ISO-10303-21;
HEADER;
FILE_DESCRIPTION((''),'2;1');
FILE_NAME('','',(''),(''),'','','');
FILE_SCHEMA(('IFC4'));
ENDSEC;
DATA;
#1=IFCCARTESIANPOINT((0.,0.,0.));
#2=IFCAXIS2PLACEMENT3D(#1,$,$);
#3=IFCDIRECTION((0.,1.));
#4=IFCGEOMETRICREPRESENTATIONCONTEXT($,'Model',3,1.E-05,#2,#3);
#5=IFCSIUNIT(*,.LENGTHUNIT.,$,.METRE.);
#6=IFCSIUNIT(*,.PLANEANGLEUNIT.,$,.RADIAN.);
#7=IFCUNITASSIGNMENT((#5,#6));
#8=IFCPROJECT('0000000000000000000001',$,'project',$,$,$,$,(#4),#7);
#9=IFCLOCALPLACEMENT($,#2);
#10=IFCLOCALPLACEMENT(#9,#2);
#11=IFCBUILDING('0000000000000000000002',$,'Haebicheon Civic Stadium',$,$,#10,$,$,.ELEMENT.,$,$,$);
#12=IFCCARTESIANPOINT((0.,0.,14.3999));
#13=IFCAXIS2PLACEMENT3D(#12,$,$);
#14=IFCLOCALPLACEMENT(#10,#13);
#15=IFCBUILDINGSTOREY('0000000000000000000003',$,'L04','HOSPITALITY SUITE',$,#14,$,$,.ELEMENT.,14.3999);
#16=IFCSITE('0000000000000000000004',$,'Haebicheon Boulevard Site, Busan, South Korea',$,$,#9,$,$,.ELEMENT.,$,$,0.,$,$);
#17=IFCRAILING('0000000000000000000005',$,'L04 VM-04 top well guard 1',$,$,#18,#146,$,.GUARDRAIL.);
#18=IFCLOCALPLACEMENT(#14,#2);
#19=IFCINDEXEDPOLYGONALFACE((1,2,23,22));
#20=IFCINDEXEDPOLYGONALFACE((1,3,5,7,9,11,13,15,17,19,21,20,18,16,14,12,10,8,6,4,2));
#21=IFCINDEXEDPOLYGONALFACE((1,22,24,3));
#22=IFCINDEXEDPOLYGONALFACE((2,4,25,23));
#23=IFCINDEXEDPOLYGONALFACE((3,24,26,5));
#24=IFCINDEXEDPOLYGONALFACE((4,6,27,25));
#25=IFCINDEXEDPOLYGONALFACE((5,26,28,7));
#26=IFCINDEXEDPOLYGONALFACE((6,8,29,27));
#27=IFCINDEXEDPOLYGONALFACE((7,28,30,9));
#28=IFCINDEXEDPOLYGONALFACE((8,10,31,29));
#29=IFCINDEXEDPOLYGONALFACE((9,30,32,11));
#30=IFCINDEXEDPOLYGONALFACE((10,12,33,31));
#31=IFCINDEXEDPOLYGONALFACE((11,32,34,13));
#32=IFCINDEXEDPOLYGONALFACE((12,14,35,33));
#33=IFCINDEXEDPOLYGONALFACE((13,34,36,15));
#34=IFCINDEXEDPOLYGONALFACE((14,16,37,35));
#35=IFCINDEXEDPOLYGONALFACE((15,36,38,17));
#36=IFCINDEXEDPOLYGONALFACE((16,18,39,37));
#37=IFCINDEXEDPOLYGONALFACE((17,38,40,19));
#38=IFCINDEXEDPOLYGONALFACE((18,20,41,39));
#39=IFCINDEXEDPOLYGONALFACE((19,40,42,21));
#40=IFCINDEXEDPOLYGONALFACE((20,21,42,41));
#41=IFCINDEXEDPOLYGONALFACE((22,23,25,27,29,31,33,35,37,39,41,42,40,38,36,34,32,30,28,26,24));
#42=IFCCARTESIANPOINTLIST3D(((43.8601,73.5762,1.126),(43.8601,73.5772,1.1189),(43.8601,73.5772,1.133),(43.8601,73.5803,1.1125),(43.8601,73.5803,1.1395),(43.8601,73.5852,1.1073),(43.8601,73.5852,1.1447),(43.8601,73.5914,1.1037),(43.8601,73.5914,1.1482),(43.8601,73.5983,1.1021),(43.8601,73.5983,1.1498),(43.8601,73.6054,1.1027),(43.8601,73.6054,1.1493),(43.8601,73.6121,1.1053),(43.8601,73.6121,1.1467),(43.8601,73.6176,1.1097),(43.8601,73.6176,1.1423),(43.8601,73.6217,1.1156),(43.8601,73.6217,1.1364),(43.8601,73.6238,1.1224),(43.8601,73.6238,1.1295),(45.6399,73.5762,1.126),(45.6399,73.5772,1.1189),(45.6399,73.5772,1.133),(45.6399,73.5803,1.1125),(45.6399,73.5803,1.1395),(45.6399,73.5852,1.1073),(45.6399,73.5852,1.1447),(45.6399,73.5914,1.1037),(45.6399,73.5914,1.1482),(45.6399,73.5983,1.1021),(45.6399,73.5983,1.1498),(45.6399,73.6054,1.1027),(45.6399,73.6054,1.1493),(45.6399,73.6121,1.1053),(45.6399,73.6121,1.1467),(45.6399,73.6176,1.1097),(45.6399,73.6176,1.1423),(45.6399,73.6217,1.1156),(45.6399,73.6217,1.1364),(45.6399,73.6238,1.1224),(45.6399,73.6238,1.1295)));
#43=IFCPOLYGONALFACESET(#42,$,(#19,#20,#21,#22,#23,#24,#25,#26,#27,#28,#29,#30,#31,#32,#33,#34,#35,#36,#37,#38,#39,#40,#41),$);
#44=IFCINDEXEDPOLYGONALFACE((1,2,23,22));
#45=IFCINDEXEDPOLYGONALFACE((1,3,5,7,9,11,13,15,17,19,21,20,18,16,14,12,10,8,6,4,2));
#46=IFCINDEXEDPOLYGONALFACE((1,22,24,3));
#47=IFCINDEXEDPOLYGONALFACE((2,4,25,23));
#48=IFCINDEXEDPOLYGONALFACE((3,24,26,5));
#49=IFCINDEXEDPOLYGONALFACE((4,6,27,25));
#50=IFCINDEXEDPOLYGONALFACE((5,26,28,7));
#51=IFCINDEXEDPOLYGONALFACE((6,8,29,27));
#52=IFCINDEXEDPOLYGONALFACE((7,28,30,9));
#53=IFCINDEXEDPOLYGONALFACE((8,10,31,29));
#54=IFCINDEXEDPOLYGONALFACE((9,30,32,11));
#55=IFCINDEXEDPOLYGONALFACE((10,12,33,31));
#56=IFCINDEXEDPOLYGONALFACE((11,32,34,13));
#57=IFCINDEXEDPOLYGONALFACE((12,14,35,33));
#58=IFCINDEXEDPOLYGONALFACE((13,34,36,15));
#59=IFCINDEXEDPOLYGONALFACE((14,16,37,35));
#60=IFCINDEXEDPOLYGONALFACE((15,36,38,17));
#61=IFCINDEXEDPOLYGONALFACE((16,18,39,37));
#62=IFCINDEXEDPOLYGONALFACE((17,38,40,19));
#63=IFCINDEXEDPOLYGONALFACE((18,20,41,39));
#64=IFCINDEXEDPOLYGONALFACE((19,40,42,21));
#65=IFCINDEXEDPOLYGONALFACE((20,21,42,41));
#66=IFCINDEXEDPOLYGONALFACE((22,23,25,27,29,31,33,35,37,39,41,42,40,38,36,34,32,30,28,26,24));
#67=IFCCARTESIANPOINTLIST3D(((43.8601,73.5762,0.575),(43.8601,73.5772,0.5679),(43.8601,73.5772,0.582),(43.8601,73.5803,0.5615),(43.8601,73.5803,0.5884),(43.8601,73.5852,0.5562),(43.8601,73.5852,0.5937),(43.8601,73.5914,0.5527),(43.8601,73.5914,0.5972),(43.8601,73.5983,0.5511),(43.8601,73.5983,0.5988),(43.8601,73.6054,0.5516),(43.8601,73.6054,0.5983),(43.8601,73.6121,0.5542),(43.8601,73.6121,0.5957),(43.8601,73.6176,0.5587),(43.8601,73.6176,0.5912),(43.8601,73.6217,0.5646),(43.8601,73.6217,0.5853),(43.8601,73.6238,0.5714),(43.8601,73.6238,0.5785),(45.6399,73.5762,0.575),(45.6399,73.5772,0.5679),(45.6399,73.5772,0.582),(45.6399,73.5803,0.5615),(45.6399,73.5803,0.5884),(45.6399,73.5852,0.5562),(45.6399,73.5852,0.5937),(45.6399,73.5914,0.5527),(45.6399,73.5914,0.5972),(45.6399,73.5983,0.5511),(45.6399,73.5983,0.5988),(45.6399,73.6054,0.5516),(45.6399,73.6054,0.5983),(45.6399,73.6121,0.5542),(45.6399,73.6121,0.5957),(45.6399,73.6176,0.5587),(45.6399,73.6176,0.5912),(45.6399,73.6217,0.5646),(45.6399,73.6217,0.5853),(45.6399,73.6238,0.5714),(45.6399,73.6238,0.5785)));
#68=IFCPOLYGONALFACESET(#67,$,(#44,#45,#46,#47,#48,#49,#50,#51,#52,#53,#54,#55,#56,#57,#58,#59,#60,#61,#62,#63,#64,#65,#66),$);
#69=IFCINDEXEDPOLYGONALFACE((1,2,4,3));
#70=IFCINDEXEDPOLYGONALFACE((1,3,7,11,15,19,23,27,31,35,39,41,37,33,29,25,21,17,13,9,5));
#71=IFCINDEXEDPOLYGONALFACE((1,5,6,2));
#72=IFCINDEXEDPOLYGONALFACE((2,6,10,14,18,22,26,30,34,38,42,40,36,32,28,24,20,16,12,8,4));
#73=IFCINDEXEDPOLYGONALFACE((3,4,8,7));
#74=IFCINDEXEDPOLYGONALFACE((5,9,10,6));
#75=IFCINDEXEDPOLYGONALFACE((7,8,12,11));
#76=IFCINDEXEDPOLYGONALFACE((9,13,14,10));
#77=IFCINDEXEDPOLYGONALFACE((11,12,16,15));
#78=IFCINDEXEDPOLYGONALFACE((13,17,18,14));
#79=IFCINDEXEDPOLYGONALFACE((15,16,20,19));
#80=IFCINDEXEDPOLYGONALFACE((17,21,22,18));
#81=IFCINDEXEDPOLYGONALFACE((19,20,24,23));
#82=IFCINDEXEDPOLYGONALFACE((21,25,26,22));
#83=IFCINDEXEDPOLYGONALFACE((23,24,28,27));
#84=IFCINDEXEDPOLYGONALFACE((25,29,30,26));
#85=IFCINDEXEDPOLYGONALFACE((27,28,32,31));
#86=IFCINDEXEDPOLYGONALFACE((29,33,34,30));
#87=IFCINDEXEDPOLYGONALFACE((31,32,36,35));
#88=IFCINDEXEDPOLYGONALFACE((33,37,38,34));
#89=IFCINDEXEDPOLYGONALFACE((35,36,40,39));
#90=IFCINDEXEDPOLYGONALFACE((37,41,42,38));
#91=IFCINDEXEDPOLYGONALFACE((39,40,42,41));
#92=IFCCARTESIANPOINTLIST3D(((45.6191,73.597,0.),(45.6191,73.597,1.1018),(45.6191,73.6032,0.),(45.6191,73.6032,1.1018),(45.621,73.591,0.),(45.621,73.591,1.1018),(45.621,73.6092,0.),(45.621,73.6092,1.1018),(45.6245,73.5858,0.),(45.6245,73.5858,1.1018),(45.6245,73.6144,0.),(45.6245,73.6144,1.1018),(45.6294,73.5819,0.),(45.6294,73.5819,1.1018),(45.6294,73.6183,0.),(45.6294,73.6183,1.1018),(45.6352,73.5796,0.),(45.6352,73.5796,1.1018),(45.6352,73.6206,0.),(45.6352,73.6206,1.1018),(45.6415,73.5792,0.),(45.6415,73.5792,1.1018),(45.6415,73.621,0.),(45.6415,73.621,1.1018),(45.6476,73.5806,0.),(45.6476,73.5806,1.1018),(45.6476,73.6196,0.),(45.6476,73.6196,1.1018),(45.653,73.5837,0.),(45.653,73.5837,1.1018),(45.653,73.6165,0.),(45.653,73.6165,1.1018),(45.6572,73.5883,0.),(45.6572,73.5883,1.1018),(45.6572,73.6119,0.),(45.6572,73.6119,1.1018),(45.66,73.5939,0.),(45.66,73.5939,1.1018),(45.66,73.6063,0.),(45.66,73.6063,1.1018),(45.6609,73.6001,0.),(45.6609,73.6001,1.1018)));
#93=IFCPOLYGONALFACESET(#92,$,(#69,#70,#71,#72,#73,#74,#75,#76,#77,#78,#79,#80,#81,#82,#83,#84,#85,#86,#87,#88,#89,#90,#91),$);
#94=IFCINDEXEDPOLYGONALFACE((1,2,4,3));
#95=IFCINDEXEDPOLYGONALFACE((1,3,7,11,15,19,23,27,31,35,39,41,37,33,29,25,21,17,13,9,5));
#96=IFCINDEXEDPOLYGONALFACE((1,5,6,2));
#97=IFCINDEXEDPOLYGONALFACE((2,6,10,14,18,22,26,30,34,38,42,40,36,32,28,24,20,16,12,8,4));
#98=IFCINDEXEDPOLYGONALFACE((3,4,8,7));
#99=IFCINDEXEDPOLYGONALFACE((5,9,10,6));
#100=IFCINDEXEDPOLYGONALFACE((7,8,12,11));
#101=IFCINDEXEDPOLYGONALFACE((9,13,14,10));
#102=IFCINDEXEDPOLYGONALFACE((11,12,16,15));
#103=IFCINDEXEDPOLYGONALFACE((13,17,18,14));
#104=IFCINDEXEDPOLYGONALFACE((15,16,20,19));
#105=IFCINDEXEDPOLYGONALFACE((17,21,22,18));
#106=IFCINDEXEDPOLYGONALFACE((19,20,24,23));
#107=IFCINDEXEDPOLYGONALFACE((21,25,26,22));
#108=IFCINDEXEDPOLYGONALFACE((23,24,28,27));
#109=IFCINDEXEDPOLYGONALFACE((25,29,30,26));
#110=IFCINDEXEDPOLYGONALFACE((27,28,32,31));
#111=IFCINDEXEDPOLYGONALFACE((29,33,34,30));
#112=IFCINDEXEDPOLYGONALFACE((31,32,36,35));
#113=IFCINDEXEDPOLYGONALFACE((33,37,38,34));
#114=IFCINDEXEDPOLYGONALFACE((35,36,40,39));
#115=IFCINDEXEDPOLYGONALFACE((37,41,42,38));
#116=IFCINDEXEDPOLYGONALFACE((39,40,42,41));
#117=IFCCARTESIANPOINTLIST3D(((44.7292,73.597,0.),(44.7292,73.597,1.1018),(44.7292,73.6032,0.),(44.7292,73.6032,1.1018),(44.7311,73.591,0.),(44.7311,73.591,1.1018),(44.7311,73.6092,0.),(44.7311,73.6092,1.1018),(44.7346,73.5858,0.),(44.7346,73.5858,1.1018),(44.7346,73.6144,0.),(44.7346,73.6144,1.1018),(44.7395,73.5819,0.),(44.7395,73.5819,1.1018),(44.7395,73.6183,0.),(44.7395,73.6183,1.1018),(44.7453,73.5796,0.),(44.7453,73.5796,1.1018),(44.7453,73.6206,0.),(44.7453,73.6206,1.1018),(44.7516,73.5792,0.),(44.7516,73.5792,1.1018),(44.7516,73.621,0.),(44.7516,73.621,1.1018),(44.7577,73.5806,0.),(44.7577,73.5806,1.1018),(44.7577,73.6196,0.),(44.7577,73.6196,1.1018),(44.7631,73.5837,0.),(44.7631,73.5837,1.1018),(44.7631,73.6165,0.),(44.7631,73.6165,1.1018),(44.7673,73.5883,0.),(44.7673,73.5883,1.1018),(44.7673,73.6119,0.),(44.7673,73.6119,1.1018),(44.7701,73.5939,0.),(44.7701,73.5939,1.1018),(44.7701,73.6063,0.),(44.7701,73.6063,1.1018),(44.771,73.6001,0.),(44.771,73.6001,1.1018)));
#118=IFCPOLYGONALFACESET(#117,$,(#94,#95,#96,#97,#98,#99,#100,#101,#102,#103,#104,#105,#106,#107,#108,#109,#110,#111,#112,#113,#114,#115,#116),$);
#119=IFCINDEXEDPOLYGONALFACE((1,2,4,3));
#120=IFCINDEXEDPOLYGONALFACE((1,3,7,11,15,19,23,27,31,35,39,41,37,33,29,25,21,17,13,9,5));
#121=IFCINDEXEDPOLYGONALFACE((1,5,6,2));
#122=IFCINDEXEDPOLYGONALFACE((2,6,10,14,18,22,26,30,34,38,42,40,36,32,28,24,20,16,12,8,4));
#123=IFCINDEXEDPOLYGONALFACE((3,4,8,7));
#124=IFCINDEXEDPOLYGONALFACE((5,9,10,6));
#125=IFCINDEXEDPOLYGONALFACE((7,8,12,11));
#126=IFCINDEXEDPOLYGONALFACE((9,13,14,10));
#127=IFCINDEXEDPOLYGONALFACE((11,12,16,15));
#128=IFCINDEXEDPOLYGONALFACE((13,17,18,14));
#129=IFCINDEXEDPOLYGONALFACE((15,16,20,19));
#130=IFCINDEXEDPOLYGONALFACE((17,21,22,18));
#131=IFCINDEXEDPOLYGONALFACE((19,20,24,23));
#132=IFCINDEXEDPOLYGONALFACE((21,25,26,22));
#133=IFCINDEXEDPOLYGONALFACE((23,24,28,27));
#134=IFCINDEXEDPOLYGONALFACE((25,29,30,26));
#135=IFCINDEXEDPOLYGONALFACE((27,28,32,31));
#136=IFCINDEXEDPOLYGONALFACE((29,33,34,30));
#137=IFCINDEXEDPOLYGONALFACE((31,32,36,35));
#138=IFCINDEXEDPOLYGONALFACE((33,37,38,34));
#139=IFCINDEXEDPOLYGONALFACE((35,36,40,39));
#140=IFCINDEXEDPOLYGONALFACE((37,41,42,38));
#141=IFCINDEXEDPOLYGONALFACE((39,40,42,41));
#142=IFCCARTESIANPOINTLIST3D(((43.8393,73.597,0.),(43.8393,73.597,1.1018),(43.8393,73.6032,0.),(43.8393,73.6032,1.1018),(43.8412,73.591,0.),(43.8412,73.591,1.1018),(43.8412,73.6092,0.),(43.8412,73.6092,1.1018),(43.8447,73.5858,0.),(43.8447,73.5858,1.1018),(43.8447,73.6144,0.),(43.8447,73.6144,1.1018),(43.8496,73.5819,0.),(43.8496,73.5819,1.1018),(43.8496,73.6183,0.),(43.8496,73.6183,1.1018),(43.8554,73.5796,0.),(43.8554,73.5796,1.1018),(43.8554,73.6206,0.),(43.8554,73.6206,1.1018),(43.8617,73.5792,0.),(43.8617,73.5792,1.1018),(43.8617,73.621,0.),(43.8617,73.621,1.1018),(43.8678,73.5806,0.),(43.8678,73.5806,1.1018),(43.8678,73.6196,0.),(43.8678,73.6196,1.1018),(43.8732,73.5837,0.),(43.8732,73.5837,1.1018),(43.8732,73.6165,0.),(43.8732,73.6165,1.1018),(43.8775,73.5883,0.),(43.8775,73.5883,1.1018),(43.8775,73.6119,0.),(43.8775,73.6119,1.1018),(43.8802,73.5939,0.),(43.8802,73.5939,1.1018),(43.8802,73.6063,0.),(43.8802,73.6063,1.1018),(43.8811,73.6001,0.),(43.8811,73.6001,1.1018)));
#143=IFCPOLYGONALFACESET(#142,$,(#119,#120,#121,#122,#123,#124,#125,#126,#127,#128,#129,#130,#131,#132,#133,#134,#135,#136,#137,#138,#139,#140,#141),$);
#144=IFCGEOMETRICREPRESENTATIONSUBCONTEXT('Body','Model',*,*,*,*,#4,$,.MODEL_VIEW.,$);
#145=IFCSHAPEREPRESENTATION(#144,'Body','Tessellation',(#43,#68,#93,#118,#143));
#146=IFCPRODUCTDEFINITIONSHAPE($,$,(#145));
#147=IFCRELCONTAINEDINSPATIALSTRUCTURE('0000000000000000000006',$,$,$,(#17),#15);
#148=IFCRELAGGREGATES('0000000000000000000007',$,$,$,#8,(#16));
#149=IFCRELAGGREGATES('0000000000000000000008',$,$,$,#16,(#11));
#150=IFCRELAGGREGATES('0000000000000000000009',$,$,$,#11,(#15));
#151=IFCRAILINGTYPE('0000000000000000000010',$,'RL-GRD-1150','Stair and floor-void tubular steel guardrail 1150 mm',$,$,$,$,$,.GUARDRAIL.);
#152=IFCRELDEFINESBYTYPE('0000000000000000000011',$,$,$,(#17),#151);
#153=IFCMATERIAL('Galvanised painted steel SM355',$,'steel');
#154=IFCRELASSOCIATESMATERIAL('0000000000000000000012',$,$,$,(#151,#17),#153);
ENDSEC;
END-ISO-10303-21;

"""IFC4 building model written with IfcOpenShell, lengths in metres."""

from ifc_helpers import new_model, si_unit, direction, frame, origin, origin_2d, place, context, subcontext, project, spatial, circle, extrude, material, type_object, element, save


model = new_model("IFC4")

# Units and contexts
model_context = context("Model", 3, precision=1e-05, world=origin(), true_north=direction((0.0, 1.0)))
body_context = subcontext(model_context, "Body", "Model", "MODEL_VIEW")
ifc_project = project(units=[si_unit("LENGTHUNIT", "METRE"), si_unit("PLANEANGLEUNIT", "RADIAN")], contexts=[model_context])

# Site, building, storey
site_placement = place(None, origin())
site = spatial("IfcSite", under=ifc_project, at=site_placement, Name="Haebicheon Boulevard Site, Busan, South Korea", CompositionType="ELEMENT", RefElevation=0.0)
building_placement = place(site_placement, origin())
building = spatial("IfcBuilding", under=site, at=building_placement, Name="Haebicheon Civic Stadium", CompositionType="ELEMENT")
storey_placement = place(building_placement, frame((0.0, 0.0, 14.3999)))
storey = spatial("IfcBuildingStorey", under=building, at=storey_placement, Name="L04", Description="HOSPITALITY SUITE", CompositionType="ELEMENT", Elevation=14.3999)

# Railing
ifc_material_1 = material(Name="Galvanised painted steel SM355", Category="steel")
railing_type = type_object("IfcRailingType", Name="RL-GRD-1150", Description="Stair and floor-void tubular steel guardrail 1150 mm", PredefinedType="GUARDRAIL", material=ifc_material_1)
railing_1_placement = place(storey_placement, frame((45.6399, 73.6001, 0.0)))
element("IfcRailing", 1, at=railing_1_placement, inside=storey, type_object=railing_type, material=ifc_material_1, Name="L04 VM-04 top well guard 1", PredefinedType="GUARDRAIL", context=body_context, shape_type="SweptSolid", body=[
    extrude(circle(Radius=0.0239, at=origin_2d()), frame((0.0, 0.0, 1.126), z_axis=(-1.0, 0.0, 0.0), x_axis=(0.0, -1.0, 0.0)), (0.0, 0.0, 1.0), 1.7798),
    extrude(circle(Radius=0.0239, at=origin_2d()), frame((0.0, 0.0, 0.575), z_axis=(-1.0, 0.0, 0.0), x_axis=(0.0, -1.0, 0.0)), (0.0, 0.0, 1.0), 1.7798),
    extrude(circle(Radius=0.021, at=origin_2d()), origin(), (0.0, 0.0, 1.0), 1.1018),
    extrude(circle(Radius=0.021, at=origin_2d()), frame((-0.8899, 0.0, 0.0)), (0.0, 0.0, 1.0), 1.1018),
    extrude(circle(Radius=0.021, at=origin_2d()), frame((-1.7798, 0.0, 0.0)), (0.0, 0.0, 1.0), 1.1018),
])

save(model, "model.ifc")
